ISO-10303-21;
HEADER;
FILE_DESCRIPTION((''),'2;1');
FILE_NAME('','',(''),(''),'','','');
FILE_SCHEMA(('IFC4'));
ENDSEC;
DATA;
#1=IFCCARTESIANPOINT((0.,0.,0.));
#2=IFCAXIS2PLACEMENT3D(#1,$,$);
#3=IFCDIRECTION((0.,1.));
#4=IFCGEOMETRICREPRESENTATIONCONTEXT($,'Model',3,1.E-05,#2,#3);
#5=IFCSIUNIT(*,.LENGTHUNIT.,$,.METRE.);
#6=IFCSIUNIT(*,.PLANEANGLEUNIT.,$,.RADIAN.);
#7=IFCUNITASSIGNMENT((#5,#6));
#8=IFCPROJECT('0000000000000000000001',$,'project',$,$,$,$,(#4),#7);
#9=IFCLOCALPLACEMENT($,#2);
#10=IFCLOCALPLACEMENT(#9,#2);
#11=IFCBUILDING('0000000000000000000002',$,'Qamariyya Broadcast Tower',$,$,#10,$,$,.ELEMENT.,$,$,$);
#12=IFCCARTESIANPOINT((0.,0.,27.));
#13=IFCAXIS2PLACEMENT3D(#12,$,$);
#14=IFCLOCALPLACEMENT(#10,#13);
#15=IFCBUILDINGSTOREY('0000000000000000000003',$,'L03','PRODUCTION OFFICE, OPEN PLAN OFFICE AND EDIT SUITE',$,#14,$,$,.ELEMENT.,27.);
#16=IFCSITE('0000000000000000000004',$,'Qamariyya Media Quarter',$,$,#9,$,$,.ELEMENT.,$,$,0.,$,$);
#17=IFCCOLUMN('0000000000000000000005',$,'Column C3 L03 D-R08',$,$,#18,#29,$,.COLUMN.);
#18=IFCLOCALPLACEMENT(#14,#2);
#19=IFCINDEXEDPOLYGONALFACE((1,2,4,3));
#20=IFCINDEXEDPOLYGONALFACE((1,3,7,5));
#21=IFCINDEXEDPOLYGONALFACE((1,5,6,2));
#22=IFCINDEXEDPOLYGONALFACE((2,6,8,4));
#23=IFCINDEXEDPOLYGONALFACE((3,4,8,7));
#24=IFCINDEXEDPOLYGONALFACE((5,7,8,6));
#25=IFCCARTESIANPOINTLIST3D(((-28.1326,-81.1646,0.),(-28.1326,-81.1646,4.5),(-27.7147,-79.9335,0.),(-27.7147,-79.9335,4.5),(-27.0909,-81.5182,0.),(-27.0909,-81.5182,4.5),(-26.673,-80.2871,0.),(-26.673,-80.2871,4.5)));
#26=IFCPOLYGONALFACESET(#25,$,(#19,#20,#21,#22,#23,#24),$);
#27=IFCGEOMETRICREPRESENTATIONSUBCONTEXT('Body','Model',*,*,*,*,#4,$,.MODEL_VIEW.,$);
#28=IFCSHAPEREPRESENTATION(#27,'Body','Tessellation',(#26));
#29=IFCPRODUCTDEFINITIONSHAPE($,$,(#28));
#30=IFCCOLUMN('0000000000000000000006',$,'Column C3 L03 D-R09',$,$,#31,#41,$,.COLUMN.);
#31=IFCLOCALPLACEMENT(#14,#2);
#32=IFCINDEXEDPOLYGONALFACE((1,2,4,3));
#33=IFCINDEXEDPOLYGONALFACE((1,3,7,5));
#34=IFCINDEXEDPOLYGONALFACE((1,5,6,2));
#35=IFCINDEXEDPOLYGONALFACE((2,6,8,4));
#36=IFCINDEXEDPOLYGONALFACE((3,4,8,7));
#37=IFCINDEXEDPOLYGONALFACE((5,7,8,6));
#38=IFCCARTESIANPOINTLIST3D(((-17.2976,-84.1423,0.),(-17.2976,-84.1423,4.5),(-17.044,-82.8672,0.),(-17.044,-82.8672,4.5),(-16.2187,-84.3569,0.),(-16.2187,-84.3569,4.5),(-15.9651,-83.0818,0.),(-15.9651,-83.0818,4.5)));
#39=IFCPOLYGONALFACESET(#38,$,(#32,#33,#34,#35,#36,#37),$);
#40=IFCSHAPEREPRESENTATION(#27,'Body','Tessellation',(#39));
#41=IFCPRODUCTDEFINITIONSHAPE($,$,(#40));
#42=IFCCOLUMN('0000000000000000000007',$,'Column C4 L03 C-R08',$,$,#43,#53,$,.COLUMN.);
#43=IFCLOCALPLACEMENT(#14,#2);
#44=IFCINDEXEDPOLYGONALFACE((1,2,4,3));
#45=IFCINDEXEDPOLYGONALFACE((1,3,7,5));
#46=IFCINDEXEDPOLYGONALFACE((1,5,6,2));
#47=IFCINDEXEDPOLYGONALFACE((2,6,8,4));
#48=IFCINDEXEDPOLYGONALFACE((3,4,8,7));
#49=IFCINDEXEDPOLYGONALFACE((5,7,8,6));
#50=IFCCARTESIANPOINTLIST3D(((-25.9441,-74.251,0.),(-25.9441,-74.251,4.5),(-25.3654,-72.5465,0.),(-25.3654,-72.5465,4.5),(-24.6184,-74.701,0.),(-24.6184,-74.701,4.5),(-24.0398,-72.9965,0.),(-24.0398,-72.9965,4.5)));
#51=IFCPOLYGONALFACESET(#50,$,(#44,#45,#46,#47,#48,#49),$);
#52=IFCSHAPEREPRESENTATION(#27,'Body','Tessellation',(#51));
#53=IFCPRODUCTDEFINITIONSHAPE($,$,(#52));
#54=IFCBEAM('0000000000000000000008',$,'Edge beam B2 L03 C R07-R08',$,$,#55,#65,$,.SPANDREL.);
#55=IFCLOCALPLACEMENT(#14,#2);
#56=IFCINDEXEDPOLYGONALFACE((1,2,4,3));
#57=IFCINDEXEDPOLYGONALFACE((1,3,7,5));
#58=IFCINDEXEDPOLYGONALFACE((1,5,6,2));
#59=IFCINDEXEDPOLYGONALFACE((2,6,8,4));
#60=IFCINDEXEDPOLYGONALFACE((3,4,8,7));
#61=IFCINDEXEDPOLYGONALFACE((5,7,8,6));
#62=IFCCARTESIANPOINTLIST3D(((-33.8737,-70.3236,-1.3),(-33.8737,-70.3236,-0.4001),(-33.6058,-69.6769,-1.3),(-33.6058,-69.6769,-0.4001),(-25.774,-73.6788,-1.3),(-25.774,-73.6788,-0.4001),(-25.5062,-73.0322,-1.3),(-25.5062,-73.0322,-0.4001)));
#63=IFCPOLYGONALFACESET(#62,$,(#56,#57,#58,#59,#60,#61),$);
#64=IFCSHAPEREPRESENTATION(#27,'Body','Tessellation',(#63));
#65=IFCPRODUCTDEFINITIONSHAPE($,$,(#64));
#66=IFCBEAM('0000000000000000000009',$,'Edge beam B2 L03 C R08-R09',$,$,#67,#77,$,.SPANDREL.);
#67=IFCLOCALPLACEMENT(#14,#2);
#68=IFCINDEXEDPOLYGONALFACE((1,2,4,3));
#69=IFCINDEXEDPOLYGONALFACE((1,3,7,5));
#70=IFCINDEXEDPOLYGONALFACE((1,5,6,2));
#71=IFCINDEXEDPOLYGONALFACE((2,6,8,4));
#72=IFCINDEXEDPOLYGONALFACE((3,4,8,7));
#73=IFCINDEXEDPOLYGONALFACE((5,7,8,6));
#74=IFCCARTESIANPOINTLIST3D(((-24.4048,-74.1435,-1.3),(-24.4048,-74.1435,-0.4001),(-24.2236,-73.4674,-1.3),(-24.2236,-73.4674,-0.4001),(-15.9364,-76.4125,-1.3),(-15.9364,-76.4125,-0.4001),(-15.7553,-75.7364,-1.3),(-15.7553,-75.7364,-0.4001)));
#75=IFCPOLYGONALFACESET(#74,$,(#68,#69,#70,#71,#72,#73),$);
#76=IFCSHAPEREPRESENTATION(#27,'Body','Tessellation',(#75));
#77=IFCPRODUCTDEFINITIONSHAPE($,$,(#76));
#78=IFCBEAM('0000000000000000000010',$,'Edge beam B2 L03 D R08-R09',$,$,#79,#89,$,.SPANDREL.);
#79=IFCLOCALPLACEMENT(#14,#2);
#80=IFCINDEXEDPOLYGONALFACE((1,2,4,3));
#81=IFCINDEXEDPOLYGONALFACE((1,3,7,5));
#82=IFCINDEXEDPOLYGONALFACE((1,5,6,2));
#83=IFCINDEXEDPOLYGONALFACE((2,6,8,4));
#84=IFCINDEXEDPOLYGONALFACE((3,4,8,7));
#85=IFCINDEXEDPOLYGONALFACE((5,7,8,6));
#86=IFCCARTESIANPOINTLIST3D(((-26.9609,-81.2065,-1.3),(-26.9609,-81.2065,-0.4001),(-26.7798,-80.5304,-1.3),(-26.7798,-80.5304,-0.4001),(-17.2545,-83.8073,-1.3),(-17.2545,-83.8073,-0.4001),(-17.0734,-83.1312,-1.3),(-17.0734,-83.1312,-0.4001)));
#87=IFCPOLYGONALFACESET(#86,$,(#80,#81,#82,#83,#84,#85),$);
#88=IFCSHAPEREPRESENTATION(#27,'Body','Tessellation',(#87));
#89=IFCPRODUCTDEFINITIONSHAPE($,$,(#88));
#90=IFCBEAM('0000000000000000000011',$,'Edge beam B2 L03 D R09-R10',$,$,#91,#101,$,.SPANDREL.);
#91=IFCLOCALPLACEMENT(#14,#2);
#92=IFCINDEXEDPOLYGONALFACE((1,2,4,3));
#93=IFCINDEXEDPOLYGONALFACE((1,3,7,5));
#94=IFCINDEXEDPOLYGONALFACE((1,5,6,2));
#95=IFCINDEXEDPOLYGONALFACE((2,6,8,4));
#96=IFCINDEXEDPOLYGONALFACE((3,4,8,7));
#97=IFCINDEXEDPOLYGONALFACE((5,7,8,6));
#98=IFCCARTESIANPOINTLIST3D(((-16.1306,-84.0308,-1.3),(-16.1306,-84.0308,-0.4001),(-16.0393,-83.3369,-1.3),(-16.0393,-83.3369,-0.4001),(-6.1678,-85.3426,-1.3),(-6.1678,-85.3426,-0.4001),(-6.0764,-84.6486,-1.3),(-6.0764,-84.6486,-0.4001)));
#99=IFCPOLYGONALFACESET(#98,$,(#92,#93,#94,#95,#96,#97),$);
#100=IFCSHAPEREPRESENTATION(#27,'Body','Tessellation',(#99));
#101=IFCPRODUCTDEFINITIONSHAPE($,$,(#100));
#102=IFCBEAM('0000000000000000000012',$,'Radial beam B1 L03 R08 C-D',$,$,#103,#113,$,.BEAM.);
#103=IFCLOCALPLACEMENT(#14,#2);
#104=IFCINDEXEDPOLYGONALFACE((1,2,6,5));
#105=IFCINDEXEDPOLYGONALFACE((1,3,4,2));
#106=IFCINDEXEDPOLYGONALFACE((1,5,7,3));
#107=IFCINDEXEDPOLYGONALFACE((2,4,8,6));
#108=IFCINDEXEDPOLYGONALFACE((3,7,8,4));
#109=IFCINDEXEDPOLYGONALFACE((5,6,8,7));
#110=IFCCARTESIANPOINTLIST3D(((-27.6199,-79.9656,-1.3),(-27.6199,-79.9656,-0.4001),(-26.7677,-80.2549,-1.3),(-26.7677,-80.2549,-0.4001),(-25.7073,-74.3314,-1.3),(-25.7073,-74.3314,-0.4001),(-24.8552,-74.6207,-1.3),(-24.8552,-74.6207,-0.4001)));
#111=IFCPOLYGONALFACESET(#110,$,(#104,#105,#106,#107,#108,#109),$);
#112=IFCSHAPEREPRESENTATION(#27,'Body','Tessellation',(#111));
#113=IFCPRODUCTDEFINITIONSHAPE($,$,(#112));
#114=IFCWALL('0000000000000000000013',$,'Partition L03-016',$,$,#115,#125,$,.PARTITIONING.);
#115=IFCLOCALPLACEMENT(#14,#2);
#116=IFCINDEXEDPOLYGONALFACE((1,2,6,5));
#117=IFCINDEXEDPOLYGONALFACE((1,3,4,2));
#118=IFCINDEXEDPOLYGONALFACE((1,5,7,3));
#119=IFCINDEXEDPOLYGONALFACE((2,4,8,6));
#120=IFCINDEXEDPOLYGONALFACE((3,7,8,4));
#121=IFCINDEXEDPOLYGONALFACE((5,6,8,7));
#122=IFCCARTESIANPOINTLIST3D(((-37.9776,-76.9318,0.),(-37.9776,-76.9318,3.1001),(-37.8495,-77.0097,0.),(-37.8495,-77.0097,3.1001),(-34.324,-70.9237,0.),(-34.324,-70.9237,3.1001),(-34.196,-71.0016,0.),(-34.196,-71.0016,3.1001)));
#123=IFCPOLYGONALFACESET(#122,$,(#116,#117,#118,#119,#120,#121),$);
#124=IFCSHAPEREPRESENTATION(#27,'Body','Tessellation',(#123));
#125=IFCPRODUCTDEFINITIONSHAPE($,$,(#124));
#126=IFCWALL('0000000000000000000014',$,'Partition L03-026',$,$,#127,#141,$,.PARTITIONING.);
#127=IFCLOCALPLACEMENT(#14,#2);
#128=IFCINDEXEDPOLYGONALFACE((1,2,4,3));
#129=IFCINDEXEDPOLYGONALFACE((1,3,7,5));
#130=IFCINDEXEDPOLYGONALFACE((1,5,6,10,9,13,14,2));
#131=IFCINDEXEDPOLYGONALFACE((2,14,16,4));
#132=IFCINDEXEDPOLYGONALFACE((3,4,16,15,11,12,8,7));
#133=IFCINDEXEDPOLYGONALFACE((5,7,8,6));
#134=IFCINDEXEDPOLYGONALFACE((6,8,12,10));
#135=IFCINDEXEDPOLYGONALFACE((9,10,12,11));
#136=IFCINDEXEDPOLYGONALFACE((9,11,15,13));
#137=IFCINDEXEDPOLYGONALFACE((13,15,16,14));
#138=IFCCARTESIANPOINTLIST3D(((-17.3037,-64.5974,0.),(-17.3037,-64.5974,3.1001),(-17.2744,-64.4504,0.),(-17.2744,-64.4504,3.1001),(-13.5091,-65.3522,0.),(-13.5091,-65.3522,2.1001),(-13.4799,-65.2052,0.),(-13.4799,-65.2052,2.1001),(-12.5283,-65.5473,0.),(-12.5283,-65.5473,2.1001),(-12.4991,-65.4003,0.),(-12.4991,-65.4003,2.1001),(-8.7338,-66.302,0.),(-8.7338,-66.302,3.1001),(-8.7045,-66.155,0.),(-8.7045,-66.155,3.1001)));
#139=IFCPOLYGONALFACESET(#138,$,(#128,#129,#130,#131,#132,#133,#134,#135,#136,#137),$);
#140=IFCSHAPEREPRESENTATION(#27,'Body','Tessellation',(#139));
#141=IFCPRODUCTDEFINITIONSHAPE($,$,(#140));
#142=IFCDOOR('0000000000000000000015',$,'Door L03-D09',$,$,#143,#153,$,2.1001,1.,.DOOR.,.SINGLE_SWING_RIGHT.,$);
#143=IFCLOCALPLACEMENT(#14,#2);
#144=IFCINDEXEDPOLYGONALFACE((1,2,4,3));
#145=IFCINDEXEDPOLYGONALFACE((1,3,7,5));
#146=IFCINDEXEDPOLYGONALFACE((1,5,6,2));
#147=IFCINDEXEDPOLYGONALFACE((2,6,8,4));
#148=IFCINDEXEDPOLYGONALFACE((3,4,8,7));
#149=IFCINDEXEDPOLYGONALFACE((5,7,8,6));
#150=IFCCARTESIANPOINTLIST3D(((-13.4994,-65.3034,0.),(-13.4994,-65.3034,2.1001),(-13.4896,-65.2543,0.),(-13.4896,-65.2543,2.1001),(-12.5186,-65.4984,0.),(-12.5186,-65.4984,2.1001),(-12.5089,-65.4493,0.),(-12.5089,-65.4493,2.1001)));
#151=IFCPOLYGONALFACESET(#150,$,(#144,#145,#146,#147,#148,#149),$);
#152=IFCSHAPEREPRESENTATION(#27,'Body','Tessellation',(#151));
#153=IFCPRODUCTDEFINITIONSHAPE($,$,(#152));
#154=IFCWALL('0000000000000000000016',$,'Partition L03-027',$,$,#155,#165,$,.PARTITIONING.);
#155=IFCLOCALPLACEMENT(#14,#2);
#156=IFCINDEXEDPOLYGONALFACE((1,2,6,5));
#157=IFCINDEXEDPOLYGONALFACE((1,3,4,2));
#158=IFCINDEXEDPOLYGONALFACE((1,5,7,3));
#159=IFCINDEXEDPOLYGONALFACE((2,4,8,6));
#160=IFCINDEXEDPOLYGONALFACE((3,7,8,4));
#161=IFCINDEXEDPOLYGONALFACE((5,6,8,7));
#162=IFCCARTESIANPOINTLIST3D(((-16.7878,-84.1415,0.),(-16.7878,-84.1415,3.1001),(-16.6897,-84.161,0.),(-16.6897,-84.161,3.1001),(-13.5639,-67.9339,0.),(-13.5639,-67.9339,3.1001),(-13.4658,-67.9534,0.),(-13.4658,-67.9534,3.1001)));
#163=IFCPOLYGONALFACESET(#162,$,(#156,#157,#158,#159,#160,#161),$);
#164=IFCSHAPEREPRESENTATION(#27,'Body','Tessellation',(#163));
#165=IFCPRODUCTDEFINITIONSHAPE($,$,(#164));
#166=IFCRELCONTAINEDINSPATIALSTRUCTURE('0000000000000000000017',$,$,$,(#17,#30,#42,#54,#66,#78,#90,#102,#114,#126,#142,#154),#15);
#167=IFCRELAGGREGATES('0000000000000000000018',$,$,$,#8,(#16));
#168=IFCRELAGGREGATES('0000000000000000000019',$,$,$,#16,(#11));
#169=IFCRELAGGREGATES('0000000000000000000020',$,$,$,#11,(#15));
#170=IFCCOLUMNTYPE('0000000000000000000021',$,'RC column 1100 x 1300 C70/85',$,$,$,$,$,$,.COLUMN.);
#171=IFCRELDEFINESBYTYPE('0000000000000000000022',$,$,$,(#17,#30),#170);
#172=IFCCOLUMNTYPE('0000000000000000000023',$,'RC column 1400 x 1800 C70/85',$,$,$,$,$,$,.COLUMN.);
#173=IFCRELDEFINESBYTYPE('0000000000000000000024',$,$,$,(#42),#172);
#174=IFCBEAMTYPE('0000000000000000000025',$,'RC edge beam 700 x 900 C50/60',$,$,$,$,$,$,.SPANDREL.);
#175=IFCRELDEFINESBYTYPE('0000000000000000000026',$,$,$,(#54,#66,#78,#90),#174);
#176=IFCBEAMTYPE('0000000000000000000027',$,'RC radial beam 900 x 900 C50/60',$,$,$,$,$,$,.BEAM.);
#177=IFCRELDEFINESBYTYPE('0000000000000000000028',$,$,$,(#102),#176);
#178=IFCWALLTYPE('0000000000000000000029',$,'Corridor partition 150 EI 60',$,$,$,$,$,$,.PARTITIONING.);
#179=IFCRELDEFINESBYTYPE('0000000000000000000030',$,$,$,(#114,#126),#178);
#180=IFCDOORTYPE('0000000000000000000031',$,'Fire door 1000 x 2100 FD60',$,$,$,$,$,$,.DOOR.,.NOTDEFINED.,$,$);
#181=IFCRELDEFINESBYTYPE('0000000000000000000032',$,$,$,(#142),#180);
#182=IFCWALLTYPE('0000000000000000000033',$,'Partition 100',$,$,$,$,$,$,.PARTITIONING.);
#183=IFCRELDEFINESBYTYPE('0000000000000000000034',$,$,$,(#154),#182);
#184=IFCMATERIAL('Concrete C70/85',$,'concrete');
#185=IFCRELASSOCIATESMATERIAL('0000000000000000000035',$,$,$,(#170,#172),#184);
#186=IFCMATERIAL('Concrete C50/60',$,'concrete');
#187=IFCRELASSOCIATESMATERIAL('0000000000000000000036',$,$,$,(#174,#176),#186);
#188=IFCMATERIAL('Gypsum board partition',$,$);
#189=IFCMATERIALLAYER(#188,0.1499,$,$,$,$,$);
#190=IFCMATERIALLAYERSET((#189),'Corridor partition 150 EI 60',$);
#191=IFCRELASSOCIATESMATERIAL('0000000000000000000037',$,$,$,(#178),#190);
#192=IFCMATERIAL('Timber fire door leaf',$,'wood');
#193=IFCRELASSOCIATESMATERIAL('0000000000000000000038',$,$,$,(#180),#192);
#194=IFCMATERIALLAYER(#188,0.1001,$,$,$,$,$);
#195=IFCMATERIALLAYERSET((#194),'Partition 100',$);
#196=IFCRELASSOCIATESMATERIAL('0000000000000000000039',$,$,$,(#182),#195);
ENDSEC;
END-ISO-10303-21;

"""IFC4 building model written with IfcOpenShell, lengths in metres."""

from ifc_helpers import new_model, si_unit, direction, frame, frame_2d, origin, origin_2d, place, context, subcontext, project, spatial, rectangle, extrude, material, layer, layer_set, material_profile, profile_set, type_object, element, fill, save


model = new_model("IFC4")

# Units and contexts
model_context = context("Model", 3, precision=1e-05, world=origin(), true_north=direction((0.0, 1.0)))
body_context = subcontext(model_context, "Body", "Model", "MODEL_VIEW")
ifc_project = project(units=[si_unit("LENGTHUNIT", "METRE"), si_unit("PLANEANGLEUNIT", "RADIAN")], contexts=[model_context])

# Site, building, storey
site_placement = place(None, origin())
site = spatial("IfcSite", under=ifc_project, at=site_placement, Name="Qamariyya Media Quarter", CompositionType="ELEMENT", RefElevation=0.0)
building_placement = place(site_placement, origin())
building = spatial("IfcBuilding", under=site, at=building_placement, Name="Qamariyya Broadcast Tower", CompositionType="ELEMENT")
storey_placement = place(building_placement, frame((0.0, 0.0, 27.0)))
storey = spatial("IfcBuildingStorey", under=building, at=storey_placement, Name="L03", Description="PRODUCTION OFFICE, OPEN PLAN OFFICE AND EDIT SUITE", CompositionType="ELEMENT", Elevation=27.0)

# Columns
ifc_material_1 = material(Name="Concrete C70/85", Category="concrete")
ifc_material_profile_1 = material_profile(ifc_material_1, rectangle(XDim=1.1001, YDim=1.3, at=origin_2d()))
ifc_profile_set_1 = profile_set([ifc_material_profile_1], Name="Concrete C70/85")
column_type_1 = type_object("IfcColumnType", Name="RC column 1100 x 1300 C70/85", PredefinedType="COLUMN", material=ifc_profile_set_1)
for number, where, z_axis, x_axis, name in (
    (1, (-27.4028, -80.7258, 0.0), (0.0, 0.0, 1.0), (0.94693, -0.321439, 0.0), "Column C3 L03 D-R08"),
    (2, (-16.6313, -83.6121, 0.0), (0.0, 0.0, 1.0), (0.980785, -0.19509, 0.0), "Column C3 L03 D-R09"),
):
    element("IfcColumn", number, at=place(storey_placement, frame(where, z_axis=z_axis, x_axis=x_axis)), inside=storey, type_object=column_type_1, Name=name, PredefinedType="COLUMN", context=body_context, shape_type="SweptSolid", body=[
        extrude(rectangle(XDim=1.1001, YDim=1.3, at=origin_2d()), origin(), (0.0, 0.0, 1.0), 4.5),
    ])
ifc_material_profile_2 = material_profile(ifc_material_1, rectangle(XDim=1.3999, YDim=1.8, at=origin_2d()))
ifc_profile_set_2 = profile_set([ifc_material_profile_2], Name="Concrete C70/85")
column_type_2 = type_object("IfcColumnType", Name="RC column 1400 x 1800 C70/85", PredefinedType="COLUMN", material=ifc_profile_set_2)
column_placement = place(storey_placement, frame((-24.9919, -73.6238, 0.0), z_axis=(0.0, 0.0, 1.0), x_axis=(0.94693, -0.321439, 0.0)))
element("IfcColumn", 3, at=column_placement, inside=storey, type_object=column_type_2, Name="Column C4 L03 C-R08", PredefinedType="COLUMN", context=body_context, shape_type="SweptSolid", body=[
    extrude(rectangle(XDim=1.3999, YDim=1.8, at=origin_2d()), origin(), (0.0, 0.0, 1.0), 4.5),
])

# Beams
ifc_material_2 = material(Name="Concrete C50/60", Category="concrete")
ifc_material_profile_3 = material_profile(ifc_material_2, rectangle(XDim=0.7, YDim=0.8999, at=origin_2d()))
ifc_profile_set_3 = profile_set([ifc_material_profile_3], Name="Concrete C50/60")
beam_type_1 = type_object("IfcBeamType", Name="RC edge beam 700 x 900 C50/60", PredefinedType="SPANDREL", material=ifc_profile_set_3)
for number, where, z_axis, x_axis, name in (
    (4, (-33.7397, -70.0002, -0.8501), (0.923869, -0.382708, 0.0), (0.382708, 0.923869, 0.0), "Edge beam B2 L03 C R07-R08"),
    (5, (-24.3142, -73.8054, -0.8501), (0.965926, -0.258817, 0.0), (0.258817, 0.965926, 0.0), "Edge beam B2 L03 C R08-R09"),
):
    element("IfcBeam", number, at=place(storey_placement, frame(where, z_axis=z_axis, x_axis=x_axis)), inside=storey, type_object=beam_type_1, Name=name, PredefinedType="SPANDREL", context=body_context, shape_type="SweptSolid", body=[
        extrude(rectangle(XDim=0.7, YDim=0.8999, at=origin_2d()), origin(), (0.0, 0.0, 1.0), 8.7671),
    ])
for number, where, z_axis, x_axis, name in (
    (6, (-26.8704, -80.8684, -0.8501), (0.965927, -0.258816, 0.0), (0.258816, 0.965927, 0.0), "Edge beam B2 L03 D R08-R09"),
    (7, (-16.085, -83.6838, -0.8501), (0.991443, -0.130539, 0.0), (0.130539, 0.991443, 0.0), "Edge beam B2 L03 D R09-R10"),
):
    element("IfcBeam", number, at=place(storey_placement, frame(where, z_axis=z_axis, x_axis=x_axis)), inside=storey, type_object=beam_type_1, Name=name, PredefinedType="SPANDREL", context=body_context, shape_type="SweptSolid", body=[
        extrude(rectangle(XDim=0.7, YDim=0.8999, at=origin_2d()), origin(), (0.0, 0.0, 1.0), 10.0488),
    ])
ifc_material_profile_4 = material_profile(ifc_material_2, rectangle(XDim=0.8999, YDim=0.8999, at=origin_2d()))
ifc_profile_set_4 = profile_set([ifc_material_profile_4], Name="Concrete C50/60")
beam_type_2 = type_object("IfcBeamType", Name="RC radial beam 900 x 900 C50/60", PredefinedType="BEAM", material=ifc_profile_set_4)
beam_placement = place(storey_placement, frame((-25.2812, -74.4761, -0.8501), z_axis=(-0.321442, -0.946929, 0.0), x_axis=(0.946929, -0.321442, 0.0)))
element("IfcBeam", 8, at=beam_placement, inside=storey, type_object=beam_type_2, Name="Radial beam B1 L03 R08 C-D", PredefinedType="BEAM", context=body_context, shape_type="SweptSolid", body=[
    extrude(rectangle(XDim=0.8999, YDim=0.8999, at=origin_2d()), origin(), (0.0, 0.0, 1.0), 5.95),
])

# Wall
ifc_material_3 = material(Name="Gypsum board partition")
ifc_layer_1 = layer(ifc_material_3, 0.1499)
ifc_layer_set_1 = layer_set([ifc_layer_1], Name="Corridor partition 150 EI 60")
wall_type_1 = type_object("IfcWallType", Name="Corridor partition 150 EI 60", PredefinedType="PARTITIONING", material=ifc_layer_set_1)
wall_1_placement = place(storey_placement, frame((-34.26, -70.9626, 0.0), z_axis=(0.0, 0.0, 1.0), x_axis=(-0.519582, -0.85442, 0.0)))
element("IfcWall", 9, at=wall_1_placement, inside=storey, type_object=wall_type_1, Name="Partition L03-016", PredefinedType="PARTITIONING", context=body_context, shape_type="SweptSolid", body=[
    extrude(rectangle(XDim=7.0317, YDim=0.1499, at=frame_2d((3.5159, 0.0))), origin(), (0.0, 0.0, 1.0), 3.1001),
])

# Wall, opening, door
wall_2_placement = place(storey_placement, frame((-17.2891, -64.5239, 0.0), z_axis=(0.0, 0.0, 1.0), x_axis=(0.980786, -0.195084, 0.0)))
wall_2 = element("IfcWall", 10, at=wall_2_placement, inside=storey, type_object=wall_type_1, Name="Partition L03-026", PredefinedType="PARTITIONING", context=body_context, shape_type="SweptSolid", body=[
    extrude(rectangle(XDim=8.7378, YDim=0.1499, at=frame_2d((4.3689, 0.0))), origin(), (0.0, 0.0, 1.0), 3.1001),
])
opening_1_placement = place(wall_2_placement, frame((3.8689, 0.0, 0.0)))
opening_1 = element("IfcOpeningElement", 11, at=opening_1_placement, cuts=wall_2, PredefinedType="OPENING", context=body_context, shape_type="SweptSolid", body=[
    extrude(rectangle(XDim=1.0, YDim=2.1001, at=frame_2d((0.5, 1.05))), frame((0.0, 0.085, 0.0), z_axis=(0.0, -1.0, 0.0), x_axis=(1.0, 0.0, 0.0)), (0.0, 0.0, 1.0), 0.1699),
])
ifc_material_4 = material(Name="Timber fire door leaf", Category="wood")
door_type = type_object("IfcDoorType", Name="Fire door 1000 x 2100 FD60", OperationType="NOTDEFINED", PredefinedType="DOOR", material=ifc_material_4)
door_placement = place(opening_1_placement, origin())
door = element("IfcDoor", 12, at=door_placement, inside=storey, type_object=door_type, Name="Door L03-D09", OperationType="SINGLE_SWING_RIGHT", OverallHeight=2.1001, OverallWidth=1.0, PredefinedType="DOOR", context=body_context, shape_type="SweptSolid", body=[
    extrude(rectangle(XDim=1.0, YDim=2.1001, at=frame_2d((0.5, 1.05))), frame((0.0, 0.0249, 0.0), z_axis=(0.0, -1.0, 0.0), x_axis=(1.0, 0.0, 0.0)), (0.0, 0.0, 1.0), 0.05),
])
fill(opening_1, door)

# Wall
ifc_layer_2 = layer(ifc_material_3, 0.1001)
ifc_layer_set_2 = layer_set([ifc_layer_2], Name="Partition 100")
wall_type_2 = type_object("IfcWallType", Name="Partition 100", PredefinedType="PARTITIONING", material=ifc_layer_set_2)
wall_3_placement = place(storey_placement, frame((-16.7388, -84.1514, 0.0), z_axis=(0.0, 0.0, 1.0), x_axis=(0.19509, 0.980785, 0.0)))
element("IfcWall", 13, at=wall_3_placement, inside=storey, type_object=wall_type_2, Name="Partition L03-027", PredefinedType="PARTITIONING", context=body_context, shape_type="SweptSolid", body=[
    extrude(rectangle(XDim=16.5251, YDim=0.1001, at=frame_2d((8.2627, 0.0))), origin(), (0.0, 0.0, 1.0), 3.1001),
])

save(model, "model.ifc")
